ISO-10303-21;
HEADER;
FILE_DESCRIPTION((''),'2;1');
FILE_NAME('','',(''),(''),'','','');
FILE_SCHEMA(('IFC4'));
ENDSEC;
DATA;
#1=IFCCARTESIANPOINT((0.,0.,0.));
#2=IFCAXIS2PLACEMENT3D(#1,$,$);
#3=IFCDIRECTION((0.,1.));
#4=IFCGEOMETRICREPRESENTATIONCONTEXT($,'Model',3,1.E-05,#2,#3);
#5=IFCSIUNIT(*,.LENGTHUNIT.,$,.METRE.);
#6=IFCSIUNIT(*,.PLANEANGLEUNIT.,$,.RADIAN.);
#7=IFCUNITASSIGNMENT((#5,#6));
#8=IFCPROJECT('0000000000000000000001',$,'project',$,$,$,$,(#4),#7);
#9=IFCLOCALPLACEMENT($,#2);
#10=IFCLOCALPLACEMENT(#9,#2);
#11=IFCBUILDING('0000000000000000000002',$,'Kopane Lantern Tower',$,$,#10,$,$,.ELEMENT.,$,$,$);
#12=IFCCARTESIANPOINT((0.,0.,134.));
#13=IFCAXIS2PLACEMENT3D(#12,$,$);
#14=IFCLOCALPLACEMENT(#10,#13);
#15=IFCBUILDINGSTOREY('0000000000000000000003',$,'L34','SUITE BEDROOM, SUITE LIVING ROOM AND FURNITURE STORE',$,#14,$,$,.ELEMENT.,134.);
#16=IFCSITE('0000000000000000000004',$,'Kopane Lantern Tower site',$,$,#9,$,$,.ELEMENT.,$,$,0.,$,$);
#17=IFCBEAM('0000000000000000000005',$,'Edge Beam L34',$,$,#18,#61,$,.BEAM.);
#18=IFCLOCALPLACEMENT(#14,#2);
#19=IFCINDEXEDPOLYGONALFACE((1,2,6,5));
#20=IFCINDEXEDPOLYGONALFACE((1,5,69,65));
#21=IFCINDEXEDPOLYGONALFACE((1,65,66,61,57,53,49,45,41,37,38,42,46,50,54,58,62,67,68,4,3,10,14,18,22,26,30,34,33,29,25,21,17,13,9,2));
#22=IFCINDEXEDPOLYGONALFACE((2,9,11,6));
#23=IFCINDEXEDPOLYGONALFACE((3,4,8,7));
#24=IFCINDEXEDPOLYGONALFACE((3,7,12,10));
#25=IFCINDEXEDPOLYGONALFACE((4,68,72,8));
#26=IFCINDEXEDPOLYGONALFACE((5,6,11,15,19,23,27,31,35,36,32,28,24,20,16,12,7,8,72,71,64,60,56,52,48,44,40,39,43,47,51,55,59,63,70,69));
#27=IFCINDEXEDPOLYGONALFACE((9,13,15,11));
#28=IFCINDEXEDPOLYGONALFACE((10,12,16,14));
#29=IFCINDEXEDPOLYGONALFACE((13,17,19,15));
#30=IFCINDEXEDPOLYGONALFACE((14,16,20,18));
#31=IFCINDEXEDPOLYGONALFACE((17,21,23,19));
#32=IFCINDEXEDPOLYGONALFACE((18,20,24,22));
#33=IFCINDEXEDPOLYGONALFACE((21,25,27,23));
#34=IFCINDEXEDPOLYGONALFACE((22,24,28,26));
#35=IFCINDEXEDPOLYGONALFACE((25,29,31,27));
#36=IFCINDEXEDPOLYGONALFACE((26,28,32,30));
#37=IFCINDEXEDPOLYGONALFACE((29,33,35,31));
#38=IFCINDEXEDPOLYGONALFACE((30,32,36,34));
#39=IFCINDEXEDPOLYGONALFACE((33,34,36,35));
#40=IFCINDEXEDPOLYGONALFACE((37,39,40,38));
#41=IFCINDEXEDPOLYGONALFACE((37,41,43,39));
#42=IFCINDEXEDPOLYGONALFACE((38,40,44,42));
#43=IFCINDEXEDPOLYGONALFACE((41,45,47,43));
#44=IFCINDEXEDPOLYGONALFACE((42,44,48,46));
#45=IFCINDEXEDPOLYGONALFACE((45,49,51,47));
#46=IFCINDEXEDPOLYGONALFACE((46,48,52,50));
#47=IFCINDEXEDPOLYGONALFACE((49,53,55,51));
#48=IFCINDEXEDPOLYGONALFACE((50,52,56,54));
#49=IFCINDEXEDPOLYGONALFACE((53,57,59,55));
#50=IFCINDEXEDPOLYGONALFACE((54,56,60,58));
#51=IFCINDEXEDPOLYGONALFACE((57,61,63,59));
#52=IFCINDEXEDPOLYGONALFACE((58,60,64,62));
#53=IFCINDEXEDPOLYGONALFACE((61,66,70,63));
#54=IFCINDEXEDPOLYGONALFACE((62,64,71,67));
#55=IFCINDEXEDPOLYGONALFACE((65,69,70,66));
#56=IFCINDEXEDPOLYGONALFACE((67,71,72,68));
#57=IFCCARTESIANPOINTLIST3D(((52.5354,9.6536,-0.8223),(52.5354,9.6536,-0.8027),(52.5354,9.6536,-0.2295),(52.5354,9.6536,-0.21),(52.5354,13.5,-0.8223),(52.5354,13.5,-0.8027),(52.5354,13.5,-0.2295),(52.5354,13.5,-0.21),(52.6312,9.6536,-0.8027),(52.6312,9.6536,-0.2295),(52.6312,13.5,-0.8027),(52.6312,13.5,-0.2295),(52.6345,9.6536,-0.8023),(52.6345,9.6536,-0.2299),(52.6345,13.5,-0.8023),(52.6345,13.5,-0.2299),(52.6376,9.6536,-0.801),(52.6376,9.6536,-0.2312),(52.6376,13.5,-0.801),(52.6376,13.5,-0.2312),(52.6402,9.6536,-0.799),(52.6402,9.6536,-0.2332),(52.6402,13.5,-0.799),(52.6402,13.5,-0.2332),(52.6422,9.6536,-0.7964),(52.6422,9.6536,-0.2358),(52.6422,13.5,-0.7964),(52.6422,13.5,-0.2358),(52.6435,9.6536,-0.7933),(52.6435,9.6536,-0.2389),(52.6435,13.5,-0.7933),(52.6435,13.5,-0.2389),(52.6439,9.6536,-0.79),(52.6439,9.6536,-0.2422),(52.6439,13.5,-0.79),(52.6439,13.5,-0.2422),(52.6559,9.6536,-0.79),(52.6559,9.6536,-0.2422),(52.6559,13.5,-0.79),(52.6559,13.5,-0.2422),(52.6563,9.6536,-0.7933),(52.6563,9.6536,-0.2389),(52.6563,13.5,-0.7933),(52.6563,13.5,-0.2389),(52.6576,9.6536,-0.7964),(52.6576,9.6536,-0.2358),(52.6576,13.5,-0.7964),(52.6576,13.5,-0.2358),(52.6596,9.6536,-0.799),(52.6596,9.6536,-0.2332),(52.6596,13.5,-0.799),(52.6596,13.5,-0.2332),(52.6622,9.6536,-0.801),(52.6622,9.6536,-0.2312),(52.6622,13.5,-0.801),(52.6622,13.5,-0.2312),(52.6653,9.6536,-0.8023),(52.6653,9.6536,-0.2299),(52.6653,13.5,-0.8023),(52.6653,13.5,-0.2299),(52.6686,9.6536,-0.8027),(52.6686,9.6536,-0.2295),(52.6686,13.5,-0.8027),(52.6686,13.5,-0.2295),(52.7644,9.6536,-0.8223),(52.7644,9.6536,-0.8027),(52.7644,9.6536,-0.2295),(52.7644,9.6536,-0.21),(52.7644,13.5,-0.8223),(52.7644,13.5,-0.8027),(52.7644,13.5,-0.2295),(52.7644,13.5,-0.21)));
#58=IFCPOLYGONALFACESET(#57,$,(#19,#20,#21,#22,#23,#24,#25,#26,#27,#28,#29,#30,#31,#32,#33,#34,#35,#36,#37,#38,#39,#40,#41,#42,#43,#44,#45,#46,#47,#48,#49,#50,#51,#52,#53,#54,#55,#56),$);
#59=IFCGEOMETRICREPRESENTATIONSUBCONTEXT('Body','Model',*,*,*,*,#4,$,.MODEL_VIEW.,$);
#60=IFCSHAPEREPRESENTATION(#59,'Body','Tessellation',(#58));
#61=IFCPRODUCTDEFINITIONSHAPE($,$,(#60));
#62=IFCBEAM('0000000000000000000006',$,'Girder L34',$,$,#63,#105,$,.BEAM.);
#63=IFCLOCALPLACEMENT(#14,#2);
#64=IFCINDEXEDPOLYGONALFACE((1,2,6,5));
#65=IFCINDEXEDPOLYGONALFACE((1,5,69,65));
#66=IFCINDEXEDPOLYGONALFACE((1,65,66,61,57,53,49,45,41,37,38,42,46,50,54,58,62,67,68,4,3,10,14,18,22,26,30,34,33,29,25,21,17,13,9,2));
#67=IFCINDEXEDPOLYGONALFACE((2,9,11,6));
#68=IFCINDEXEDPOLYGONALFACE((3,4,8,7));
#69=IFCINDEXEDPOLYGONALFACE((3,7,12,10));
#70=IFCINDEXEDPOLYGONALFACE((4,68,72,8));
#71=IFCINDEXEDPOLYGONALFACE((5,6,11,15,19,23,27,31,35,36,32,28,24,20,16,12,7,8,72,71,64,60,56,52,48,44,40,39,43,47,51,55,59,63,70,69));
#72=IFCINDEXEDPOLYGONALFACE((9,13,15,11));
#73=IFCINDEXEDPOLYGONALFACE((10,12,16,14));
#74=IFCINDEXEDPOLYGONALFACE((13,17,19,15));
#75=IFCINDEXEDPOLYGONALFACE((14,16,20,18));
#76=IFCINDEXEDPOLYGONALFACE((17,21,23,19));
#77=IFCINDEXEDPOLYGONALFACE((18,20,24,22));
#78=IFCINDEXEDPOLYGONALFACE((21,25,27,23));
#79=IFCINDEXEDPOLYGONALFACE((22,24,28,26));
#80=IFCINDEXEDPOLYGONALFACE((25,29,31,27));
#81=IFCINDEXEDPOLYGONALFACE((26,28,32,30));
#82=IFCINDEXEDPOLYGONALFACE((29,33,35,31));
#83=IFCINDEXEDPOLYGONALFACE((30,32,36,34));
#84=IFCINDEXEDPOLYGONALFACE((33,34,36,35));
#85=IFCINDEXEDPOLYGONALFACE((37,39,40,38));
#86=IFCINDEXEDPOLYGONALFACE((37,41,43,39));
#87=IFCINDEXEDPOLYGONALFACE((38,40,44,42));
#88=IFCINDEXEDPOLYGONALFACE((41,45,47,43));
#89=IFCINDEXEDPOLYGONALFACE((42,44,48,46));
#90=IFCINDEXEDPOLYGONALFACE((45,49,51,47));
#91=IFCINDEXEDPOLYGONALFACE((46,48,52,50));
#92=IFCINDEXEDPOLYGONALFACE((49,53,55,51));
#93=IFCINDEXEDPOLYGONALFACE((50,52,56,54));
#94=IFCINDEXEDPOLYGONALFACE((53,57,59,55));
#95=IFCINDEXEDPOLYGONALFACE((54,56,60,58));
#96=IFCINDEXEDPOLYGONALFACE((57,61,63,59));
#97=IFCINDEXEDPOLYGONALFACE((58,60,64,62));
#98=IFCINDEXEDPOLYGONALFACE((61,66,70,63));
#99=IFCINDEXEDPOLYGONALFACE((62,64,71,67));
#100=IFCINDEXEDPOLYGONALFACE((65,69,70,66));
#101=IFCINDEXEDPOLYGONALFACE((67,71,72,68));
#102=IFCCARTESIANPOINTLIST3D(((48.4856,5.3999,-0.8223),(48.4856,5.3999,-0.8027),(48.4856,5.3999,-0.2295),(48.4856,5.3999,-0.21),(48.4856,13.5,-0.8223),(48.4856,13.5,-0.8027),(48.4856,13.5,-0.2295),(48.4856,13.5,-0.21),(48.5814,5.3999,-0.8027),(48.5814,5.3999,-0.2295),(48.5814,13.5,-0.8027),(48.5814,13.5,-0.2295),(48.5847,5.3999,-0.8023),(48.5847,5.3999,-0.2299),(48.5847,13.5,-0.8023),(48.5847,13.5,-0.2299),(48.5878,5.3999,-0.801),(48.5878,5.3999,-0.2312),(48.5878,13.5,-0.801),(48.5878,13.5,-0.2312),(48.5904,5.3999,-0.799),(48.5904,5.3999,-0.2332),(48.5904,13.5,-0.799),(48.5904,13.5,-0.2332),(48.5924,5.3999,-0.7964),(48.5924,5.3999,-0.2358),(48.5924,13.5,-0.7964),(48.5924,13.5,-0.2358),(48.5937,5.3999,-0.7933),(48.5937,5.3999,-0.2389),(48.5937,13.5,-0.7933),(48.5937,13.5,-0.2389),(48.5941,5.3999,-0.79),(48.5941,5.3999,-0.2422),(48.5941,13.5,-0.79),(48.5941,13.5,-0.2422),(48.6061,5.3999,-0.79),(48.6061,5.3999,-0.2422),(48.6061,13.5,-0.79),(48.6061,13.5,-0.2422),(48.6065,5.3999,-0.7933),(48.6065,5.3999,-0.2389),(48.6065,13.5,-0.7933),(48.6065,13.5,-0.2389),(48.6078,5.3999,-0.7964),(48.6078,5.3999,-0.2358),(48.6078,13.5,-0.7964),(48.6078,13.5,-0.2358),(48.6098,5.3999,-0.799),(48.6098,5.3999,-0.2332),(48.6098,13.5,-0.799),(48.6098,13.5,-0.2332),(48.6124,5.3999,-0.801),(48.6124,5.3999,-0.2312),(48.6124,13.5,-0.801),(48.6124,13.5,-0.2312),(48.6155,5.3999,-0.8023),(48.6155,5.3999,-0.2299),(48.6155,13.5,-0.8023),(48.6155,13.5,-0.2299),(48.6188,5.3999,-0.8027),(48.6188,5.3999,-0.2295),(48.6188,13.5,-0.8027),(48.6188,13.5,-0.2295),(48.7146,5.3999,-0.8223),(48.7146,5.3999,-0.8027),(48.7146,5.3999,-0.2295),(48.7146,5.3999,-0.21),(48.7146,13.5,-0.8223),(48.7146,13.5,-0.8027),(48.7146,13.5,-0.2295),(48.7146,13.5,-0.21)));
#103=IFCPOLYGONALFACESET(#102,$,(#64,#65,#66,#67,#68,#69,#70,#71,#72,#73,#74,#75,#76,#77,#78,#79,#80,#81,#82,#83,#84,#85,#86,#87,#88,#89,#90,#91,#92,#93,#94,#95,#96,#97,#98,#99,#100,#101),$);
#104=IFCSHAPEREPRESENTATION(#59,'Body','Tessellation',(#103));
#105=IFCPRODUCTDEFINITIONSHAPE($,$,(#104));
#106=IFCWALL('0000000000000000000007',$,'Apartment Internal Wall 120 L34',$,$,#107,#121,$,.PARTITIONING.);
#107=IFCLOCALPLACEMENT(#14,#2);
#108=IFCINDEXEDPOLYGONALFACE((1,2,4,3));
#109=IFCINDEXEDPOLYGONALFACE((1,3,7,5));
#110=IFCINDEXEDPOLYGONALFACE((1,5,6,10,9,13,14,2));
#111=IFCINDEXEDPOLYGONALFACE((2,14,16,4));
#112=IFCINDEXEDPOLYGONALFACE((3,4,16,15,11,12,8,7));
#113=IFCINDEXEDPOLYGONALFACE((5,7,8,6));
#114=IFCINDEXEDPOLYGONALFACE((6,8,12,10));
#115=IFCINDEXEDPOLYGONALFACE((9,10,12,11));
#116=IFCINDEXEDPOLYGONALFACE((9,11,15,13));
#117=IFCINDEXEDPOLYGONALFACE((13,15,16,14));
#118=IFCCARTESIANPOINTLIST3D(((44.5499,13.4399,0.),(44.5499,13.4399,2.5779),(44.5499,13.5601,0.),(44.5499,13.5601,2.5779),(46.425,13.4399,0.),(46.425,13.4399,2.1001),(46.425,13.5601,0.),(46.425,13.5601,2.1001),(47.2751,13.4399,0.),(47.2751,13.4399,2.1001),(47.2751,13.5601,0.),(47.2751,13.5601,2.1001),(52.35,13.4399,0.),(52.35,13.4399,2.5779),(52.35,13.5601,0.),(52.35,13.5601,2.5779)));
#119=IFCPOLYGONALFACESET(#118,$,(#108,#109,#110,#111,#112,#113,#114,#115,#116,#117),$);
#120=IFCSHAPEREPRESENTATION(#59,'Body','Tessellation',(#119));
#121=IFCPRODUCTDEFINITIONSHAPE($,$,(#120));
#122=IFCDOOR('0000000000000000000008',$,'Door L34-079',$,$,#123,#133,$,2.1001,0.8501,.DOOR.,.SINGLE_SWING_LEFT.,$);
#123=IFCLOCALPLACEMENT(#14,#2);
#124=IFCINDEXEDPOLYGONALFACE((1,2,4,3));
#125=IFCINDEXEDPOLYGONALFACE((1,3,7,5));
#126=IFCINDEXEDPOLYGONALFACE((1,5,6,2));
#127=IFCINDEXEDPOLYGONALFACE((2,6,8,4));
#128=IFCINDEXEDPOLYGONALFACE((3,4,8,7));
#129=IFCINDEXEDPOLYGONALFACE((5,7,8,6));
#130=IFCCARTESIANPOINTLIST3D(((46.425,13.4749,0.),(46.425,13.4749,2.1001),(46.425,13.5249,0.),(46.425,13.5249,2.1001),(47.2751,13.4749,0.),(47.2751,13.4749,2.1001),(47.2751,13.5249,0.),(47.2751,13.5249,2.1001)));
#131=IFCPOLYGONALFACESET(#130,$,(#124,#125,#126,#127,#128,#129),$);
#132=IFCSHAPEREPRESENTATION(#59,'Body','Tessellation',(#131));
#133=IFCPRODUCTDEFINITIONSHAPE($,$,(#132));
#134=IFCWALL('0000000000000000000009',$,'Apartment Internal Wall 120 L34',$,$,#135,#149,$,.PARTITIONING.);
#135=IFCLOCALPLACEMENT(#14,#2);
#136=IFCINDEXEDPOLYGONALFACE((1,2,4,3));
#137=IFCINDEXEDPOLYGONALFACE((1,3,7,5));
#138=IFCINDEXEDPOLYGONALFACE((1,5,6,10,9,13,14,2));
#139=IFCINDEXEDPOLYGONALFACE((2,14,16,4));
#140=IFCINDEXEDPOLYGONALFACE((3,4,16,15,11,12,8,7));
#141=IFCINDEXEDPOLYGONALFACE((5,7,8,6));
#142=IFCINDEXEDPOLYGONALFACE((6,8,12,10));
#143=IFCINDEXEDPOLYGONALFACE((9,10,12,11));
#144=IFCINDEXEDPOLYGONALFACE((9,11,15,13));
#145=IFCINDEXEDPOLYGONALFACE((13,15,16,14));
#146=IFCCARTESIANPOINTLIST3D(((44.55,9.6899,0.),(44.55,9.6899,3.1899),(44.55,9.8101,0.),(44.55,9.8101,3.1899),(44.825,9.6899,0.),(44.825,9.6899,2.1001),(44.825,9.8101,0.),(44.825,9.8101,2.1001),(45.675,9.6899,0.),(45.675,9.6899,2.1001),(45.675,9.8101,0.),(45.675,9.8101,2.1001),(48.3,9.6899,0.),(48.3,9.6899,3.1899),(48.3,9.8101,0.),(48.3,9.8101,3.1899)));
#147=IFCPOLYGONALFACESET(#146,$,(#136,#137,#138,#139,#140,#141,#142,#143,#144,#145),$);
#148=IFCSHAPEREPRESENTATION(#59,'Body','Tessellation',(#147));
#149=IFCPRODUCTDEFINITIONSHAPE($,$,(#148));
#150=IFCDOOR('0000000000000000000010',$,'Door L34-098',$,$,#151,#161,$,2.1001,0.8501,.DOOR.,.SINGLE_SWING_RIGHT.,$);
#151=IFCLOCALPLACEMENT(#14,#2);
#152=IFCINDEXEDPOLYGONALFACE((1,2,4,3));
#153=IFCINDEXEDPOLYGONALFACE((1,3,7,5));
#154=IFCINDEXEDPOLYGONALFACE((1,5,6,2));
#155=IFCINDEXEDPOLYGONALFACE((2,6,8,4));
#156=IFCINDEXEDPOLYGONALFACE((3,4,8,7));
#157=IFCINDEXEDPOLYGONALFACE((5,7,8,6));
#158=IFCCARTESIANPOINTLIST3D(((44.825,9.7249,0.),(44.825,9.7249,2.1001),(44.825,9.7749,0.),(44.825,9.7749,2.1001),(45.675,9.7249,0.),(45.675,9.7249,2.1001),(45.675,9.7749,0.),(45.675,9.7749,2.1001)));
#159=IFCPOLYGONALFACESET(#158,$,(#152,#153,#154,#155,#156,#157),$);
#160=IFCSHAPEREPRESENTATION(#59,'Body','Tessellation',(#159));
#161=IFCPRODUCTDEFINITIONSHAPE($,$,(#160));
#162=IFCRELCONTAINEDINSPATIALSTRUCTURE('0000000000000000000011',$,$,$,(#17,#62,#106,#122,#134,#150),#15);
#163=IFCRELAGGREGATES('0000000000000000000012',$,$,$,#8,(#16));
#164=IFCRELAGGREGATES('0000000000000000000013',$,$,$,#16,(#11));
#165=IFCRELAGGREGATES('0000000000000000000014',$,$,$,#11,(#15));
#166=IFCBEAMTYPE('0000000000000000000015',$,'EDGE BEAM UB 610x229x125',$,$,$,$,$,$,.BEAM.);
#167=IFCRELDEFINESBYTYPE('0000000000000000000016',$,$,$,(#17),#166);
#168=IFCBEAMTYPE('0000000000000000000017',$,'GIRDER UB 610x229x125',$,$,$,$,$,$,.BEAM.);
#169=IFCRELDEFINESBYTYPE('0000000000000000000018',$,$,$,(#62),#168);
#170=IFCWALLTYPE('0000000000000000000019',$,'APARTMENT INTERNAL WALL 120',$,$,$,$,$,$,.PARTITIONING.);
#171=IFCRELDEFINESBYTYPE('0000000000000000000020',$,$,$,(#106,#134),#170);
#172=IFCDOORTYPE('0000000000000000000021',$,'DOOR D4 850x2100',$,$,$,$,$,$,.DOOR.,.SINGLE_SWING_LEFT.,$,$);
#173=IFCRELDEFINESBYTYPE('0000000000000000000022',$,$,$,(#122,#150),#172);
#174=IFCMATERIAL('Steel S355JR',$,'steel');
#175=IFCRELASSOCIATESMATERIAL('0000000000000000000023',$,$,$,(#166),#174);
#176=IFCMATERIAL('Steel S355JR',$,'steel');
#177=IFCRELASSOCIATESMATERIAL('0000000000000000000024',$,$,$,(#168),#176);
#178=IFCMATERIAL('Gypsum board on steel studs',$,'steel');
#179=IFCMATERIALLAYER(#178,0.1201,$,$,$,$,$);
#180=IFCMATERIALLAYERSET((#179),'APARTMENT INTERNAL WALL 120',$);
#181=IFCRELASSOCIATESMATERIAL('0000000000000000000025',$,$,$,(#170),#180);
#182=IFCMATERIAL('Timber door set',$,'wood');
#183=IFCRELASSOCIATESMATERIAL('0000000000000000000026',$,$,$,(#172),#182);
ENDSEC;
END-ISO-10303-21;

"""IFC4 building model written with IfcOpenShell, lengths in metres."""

from ifc_helpers import new_model, si_unit, direction, frame, frame_2d, origin, origin_2d, place, context, subcontext, project, spatial, rectangle, i_section, extrude, material, layer, layer_set, material_profile, profile_set, type_object, element, fill, save


model = new_model("IFC4")

# Units and contexts
model_context = context("Model", 3, precision=1e-05, world=origin(), true_north=direction((0.0, 1.0)))
body_context = subcontext(model_context, "Body", "Model", "MODEL_VIEW")
ifc_project = project(units=[si_unit("LENGTHUNIT", "METRE"), si_unit("PLANEANGLEUNIT", "RADIAN")], contexts=[model_context])

# Site, building, storey
site_placement = place(None, origin())
site = spatial("IfcSite", under=ifc_project, at=site_placement, Name="Kopane Lantern Tower site", CompositionType="ELEMENT", RefElevation=0.0)
building_placement = place(site_placement, origin())
building = spatial("IfcBuilding", under=site, at=building_placement, Name="Kopane Lantern Tower", CompositionType="ELEMENT")
storey_placement = place(building_placement, frame((0.0, 0.0, 134.0)))
storey = spatial("IfcBuildingStorey", under=building, at=storey_placement, Name="L34", Description="SUITE BEDROOM, SUITE LIVING ROOM AND FURNITURE STORE", CompositionType="ELEMENT", Elevation=134.0)

# Beams
ifc_material_1 = material(Name="Steel S355JR", Category="steel")
ifc_material_profile_1 = material_profile(ifc_material_1, i_section(OverallWidth=0.229, OverallDepth=0.6123, WebThickness=0.012, FlangeThickness=0.0195, FilletRadius=0.0127, at=origin_2d()), Name="UB 610x229x125")
ifc_profile_set_1 = profile_set([ifc_material_profile_1], Name="Steel S355JR")
beam_type_1 = type_object("IfcBeamType", Name="EDGE BEAM UB 610x229x125", PredefinedType="BEAM", material=ifc_profile_set_1)
for number, where, z_axis, x_axis, name in (
    (1, (52.6499, 9.6536, -0.5161), (0.0, 1.0, 0.0), (-1.0, 0.0, 0.0), "Edge Beam L34"),
):
    element("IfcBeam", number, at=place(storey_placement, frame(where, z_axis=z_axis, x_axis=x_axis)), inside=storey, type_object=beam_type_1, Name=name, PredefinedType="BEAM", context=body_context, shape_type="SweptSolid", body=[
        extrude(i_section(OverallWidth=0.229, OverallDepth=0.6123, WebThickness=0.012, FlangeThickness=0.0195, FilletRadius=0.0127, at=origin_2d()), origin(), (0.0, 0.0, 1.0), 3.8464),
    ])
ifc_material_2 = material(Name="Steel S355JR", Category="steel")
ifc_material_profile_2 = material_profile(ifc_material_2, i_section(OverallWidth=0.229, OverallDepth=0.6123, WebThickness=0.012, FlangeThickness=0.0195, FilletRadius=0.0127, at=origin_2d()), Name="UB 610x229x125")
ifc_profile_set_2 = profile_set([ifc_material_profile_2], Name="Steel S355JR")
beam_type_2 = type_object("IfcBeamType", Name="GIRDER UB 610x229x125", PredefinedType="BEAM", material=ifc_profile_set_2)
beam_1_placement = place(storey_placement, frame((48.6001, 5.3999, -0.5161), z_axis=(0.0, 1.0, 0.0), x_axis=(-1.0, 0.0, 0.0)))
element("IfcBeam", 2, at=beam_1_placement, inside=storey, type_object=beam_type_2, Name="Girder L34", PredefinedType="BEAM", context=body_context, shape_type="SweptSolid", body=[
    extrude(i_section(OverallWidth=0.229, OverallDepth=0.6123, WebThickness=0.012, FlangeThickness=0.0195, FilletRadius=0.0127, at=origin_2d()), origin(), (0.0, 0.0, 1.0), 8.1001),
])

# Walls, openings, doors
ifc_material_3 = material(Name="Gypsum board on steel studs", Category="steel")
ifc_layer_1 = layer(ifc_material_3, 0.1201)
ifc_layer_set_1 = layer_set([ifc_layer_1], Name="APARTMENT INTERNAL WALL 120")
wall_type_1 = type_object("IfcWallType", Name="APARTMENT INTERNAL WALL 120", PredefinedType="PARTITIONING", material=ifc_layer_set_1)
wall_1_placement = place(storey_placement, frame((44.55, 13.5, 0.0), z_axis=(0.0, 0.0, 1.0), x_axis=(1.0, 0.0, 0.0)))
wall_1 = element("IfcWall", 3, at=wall_1_placement, inside=storey, type_object=wall_type_1, Name="Apartment Internal Wall 120 L34", PredefinedType="PARTITIONING", context=body_context, shape_type="SweptSolid", body=[
    extrude(rectangle(XDim=7.8, YDim=0.1201, at=frame_2d((3.8999, 0.0))), origin(), (0.0, 0.0, 1.0), 2.5779),
])
opening_1_placement = place(wall_1_placement, frame((1.875, 0.0, 0.0)))
opening_1 = element("IfcOpeningElement", 4, at=opening_1_placement, cuts=wall_1, PredefinedType="OPENING", context=body_context, shape_type="SweptSolid", body=[
    extrude(rectangle(XDim=0.8501, YDim=2.1001, at=frame_2d((0.425, 1.05))), frame((0.0, 0.0701, 0.0), z_axis=(0.0, -1.0, 0.0), x_axis=(1.0, 0.0, 0.0)), (0.0, 0.0, 1.0), 0.1401),
])
ifc_material_4 = material(Name="Timber door set", Category="wood")
door_type = type_object("IfcDoorType", Name="DOOR D4 850x2100", OperationType="SINGLE_SWING_LEFT", PredefinedType="DOOR", material=ifc_material_4)
door_1_placement = place(opening_1_placement, origin())
door_1 = element("IfcDoor", 5, at=door_1_placement, inside=storey, type_object=door_type, Name="Door L34-079", OperationType="SINGLE_SWING_LEFT", OverallHeight=2.1001, OverallWidth=0.8501, PredefinedType="DOOR", context=body_context, shape_type="SweptSolid", body=[
    extrude(rectangle(XDim=0.8501, YDim=2.1001, at=frame_2d((0.425, 1.05))), frame((0.0, 0.0249, 0.0), z_axis=(0.0, -1.0, 0.0), x_axis=(1.0, 0.0, 0.0)), (0.0, 0.0, 1.0), 0.05),
])
fill(opening_1, door_1)
wall_2_placement = place(storey_placement, frame((44.55, 9.75, 0.0), z_axis=(0.0, 0.0, 1.0), x_axis=(1.0, 0.0, 0.0)))
wall_2 = element("IfcWall", 6, at=wall_2_placement, inside=storey, type_object=wall_type_1, Name="Apartment Internal Wall 120 L34", PredefinedType="PARTITIONING", context=body_context, shape_type="SweptSolid", body=[
    extrude(rectangle(XDim=3.75, YDim=0.1201, at=frame_2d((1.875, 0.0))), origin(), (0.0, 0.0, 1.0), 3.1899),
])
opening_2_placement = place(wall_2_placement, frame((0.2749, 0.0, 0.0)))
opening_2 = element("IfcOpeningElement", 7, at=opening_2_placement, cuts=wall_2, PredefinedType="OPENING", context=body_context, shape_type="SweptSolid", body=[
    extrude(rectangle(XDim=0.8501, YDim=2.1001, at=frame_2d((0.425, 1.05))), frame((0.0, 0.0701, 0.0), z_axis=(0.0, -1.0, 0.0), x_axis=(1.0, 0.0, 0.0)), (0.0, 0.0, 1.0), 0.1401),
])
door_2_placement = place(opening_2_placement, origin())
door_2 = element("IfcDoor", 8, at=door_2_placement, inside=storey, type_object=door_type, Name="Door L34-098", OperationType="SINGLE_SWING_RIGHT", OverallHeight=2.1001, OverallWidth=0.8501, PredefinedType="DOOR", context=body_context, shape_type="SweptSolid", body=[
    extrude(rectangle(XDim=0.8501, YDim=2.1001, at=frame_2d((0.425, 1.05))), frame((0.0, 0.0249, 0.0), z_axis=(0.0, -1.0, 0.0), x_axis=(1.0, 0.0, 0.0)), (0.0, 0.0, 1.0), 0.05),
])
fill(opening_2, door_2)

save(model, "model.ifc")
